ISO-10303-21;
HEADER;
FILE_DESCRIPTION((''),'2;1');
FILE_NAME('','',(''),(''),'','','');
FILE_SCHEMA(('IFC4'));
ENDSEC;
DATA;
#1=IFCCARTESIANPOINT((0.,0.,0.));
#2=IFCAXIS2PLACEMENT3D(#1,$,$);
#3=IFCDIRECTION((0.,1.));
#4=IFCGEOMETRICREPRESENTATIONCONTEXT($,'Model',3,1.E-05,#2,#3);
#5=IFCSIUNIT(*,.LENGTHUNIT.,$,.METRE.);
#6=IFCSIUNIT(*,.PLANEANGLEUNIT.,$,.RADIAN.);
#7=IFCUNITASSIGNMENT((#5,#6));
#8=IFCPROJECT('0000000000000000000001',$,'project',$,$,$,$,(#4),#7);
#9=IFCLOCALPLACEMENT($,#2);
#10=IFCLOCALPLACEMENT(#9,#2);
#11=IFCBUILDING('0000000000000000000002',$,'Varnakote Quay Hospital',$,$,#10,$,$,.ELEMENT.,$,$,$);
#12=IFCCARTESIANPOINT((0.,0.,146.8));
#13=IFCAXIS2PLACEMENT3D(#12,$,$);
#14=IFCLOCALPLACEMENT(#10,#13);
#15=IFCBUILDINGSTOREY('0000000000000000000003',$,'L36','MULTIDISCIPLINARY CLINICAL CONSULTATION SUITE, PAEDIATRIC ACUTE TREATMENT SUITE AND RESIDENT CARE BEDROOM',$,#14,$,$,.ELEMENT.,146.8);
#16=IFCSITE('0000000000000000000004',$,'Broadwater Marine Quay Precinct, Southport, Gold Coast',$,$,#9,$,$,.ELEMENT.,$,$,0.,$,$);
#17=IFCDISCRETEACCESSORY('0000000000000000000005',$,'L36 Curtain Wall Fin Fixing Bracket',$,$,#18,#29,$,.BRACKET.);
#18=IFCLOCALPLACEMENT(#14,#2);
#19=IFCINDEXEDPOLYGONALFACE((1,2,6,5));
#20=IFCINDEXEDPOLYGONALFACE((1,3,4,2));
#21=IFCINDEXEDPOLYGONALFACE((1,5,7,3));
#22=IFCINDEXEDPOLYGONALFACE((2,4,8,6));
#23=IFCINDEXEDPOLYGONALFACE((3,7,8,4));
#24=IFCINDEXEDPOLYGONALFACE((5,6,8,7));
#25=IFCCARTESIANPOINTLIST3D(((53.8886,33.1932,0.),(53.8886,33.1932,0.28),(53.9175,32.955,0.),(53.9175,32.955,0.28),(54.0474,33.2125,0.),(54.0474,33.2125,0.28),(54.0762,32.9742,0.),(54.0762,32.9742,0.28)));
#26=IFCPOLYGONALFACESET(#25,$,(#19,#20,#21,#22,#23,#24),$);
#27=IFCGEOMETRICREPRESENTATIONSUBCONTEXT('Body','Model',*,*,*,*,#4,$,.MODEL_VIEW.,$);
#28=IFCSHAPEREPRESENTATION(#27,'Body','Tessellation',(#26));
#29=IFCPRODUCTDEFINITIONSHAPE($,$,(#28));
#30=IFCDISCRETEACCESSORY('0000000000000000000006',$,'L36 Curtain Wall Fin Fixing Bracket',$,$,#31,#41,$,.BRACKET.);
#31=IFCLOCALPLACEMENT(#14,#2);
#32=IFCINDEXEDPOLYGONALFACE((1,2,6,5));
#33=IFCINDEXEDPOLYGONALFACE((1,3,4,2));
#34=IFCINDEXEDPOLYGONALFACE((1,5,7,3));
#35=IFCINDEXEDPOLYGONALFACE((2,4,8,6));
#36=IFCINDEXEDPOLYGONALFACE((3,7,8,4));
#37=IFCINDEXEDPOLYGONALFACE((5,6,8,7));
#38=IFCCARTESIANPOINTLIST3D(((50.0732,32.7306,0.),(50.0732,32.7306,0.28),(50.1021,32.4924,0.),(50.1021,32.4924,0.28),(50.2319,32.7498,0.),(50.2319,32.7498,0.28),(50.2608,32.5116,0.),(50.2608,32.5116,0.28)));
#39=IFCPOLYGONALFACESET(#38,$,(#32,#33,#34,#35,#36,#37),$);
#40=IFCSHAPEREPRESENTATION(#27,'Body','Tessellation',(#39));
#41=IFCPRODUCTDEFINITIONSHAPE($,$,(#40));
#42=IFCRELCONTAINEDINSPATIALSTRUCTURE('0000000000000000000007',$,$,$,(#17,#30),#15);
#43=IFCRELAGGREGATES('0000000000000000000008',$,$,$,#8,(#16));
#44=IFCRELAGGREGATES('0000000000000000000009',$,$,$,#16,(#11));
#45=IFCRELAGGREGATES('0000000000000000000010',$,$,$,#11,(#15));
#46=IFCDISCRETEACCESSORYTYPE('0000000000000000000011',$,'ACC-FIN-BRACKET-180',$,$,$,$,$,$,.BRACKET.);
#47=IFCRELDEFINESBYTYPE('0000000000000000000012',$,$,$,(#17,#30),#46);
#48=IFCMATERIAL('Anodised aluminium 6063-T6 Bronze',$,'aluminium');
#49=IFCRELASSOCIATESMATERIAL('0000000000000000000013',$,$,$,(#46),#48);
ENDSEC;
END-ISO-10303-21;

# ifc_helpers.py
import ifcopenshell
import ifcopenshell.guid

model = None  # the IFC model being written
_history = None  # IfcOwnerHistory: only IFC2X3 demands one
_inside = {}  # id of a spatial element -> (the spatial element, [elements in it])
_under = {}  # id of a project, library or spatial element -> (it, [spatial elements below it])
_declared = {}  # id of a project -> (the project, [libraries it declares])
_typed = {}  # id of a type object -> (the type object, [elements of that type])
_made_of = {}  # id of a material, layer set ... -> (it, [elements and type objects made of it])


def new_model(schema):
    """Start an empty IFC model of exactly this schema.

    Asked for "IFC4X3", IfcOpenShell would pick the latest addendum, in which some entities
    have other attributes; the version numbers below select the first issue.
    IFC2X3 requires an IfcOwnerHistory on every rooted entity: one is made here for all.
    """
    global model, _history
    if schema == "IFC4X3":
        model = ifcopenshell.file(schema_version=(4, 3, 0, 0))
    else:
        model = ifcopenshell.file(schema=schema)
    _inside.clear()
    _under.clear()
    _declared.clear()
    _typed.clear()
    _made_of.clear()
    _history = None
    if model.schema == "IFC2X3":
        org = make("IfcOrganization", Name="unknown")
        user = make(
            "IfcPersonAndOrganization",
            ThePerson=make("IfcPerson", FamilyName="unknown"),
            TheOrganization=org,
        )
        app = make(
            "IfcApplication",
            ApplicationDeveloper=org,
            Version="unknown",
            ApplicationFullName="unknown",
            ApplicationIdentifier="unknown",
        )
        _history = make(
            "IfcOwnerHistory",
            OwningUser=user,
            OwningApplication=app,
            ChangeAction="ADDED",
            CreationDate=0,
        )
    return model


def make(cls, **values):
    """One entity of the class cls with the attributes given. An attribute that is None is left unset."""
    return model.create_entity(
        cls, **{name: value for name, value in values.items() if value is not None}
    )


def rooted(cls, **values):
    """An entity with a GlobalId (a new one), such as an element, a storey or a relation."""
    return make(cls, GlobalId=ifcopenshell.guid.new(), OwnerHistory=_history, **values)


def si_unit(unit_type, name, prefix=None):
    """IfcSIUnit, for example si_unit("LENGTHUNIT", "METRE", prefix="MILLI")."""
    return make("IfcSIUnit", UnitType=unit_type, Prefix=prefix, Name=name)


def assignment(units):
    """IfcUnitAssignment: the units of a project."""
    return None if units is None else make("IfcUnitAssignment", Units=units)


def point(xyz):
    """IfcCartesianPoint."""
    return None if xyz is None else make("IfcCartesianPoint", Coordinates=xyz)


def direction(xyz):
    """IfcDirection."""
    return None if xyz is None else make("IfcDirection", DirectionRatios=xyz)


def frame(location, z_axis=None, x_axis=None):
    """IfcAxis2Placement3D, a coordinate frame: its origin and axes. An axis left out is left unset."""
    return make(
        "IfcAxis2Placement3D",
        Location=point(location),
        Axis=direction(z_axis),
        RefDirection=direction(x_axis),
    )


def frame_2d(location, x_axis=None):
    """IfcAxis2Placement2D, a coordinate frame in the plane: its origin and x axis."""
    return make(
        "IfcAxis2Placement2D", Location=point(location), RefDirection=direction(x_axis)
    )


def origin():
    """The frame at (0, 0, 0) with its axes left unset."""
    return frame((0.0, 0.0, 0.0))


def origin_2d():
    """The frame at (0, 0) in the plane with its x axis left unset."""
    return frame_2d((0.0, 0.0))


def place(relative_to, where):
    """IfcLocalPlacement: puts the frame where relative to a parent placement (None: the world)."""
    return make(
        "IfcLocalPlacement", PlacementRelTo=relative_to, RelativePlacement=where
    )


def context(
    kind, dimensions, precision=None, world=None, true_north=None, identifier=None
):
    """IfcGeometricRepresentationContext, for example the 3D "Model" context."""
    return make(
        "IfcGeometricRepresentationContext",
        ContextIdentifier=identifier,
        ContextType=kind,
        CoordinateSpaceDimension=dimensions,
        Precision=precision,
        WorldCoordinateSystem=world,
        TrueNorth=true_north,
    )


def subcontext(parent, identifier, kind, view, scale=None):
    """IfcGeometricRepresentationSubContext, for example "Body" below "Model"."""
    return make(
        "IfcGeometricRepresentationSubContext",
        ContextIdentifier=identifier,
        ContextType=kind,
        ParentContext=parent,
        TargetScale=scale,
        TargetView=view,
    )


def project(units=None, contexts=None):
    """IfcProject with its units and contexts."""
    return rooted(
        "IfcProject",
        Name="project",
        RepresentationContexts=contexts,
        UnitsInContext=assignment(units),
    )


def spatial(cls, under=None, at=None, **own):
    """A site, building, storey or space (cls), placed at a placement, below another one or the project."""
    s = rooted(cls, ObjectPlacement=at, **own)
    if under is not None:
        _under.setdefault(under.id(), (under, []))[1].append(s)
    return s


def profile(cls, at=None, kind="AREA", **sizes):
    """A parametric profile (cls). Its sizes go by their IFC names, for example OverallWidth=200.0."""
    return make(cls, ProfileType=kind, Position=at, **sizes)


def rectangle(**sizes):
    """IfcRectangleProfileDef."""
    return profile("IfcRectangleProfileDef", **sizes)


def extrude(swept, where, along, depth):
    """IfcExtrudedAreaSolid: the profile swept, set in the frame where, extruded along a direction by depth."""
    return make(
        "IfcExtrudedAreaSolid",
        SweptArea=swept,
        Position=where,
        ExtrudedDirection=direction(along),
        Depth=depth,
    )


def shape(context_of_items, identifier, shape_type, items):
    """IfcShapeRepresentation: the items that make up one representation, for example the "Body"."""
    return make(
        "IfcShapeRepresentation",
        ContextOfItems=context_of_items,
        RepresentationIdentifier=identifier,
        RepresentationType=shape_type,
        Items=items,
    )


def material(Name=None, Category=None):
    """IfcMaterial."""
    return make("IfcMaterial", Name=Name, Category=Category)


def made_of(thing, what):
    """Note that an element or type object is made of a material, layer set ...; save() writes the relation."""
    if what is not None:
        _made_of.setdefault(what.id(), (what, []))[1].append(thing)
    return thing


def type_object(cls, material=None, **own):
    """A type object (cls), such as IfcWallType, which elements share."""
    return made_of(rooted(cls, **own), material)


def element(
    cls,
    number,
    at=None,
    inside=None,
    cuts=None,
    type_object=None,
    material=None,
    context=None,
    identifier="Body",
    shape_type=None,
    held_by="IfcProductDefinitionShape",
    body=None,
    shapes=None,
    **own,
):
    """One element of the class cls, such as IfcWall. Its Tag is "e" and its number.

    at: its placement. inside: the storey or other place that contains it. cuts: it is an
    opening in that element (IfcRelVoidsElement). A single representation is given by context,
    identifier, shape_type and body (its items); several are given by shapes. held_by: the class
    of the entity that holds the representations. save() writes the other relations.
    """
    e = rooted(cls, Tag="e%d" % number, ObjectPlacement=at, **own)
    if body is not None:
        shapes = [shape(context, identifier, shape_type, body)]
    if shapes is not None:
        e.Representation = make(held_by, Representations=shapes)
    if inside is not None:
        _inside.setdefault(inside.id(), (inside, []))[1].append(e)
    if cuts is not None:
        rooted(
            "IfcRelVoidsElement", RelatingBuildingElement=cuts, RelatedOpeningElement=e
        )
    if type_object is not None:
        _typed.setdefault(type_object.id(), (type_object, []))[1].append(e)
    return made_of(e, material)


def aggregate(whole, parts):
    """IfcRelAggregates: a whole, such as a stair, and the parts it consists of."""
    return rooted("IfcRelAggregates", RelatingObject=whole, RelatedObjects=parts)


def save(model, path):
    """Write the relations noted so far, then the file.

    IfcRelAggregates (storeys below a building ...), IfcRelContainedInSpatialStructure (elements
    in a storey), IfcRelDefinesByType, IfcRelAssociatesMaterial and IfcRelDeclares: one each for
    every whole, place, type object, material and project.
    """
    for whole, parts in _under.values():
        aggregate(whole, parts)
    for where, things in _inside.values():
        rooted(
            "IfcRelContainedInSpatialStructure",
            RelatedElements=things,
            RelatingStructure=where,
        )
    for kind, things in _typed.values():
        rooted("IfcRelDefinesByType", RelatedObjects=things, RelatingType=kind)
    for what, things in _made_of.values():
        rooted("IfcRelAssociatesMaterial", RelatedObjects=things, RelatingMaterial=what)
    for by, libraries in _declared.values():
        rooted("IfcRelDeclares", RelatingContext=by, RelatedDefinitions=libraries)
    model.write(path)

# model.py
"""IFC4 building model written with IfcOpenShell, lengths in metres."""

from ifc_helpers import new_model, si_unit, direction, frame, origin, origin_2d, place, context, subcontext, project, spatial, rectangle, extrude, material, type_object, element, save


model = new_model("IFC4")

# Units and contexts
model_context = context("Model", 3, precision=1e-05, world=origin(), true_north=direction((0.0, 1.0)))
body_context = subcontext(model_context, "Body", "Model", "MODEL_VIEW")
ifc_project = project(units=[si_unit("LENGTHUNIT", "METRE"), si_unit("PLANEANGLEUNIT", "RADIAN")], contexts=[model_context])

# Site, building, storey
site_placement = place(None, origin())
site = spatial("IfcSite", under=ifc_project, at=site_placement, Name="Broadwater Marine Quay Precinct, Southport, Gold Coast", CompositionType="ELEMENT", RefElevation=0.0)
building_placement = place(site_placement, origin())
building = spatial("IfcBuilding", under=site, at=building_placement, Name="Varnakote Quay Hospital", CompositionType="ELEMENT")
storey_placement = place(building_placement, frame((0.0, 0.0, 146.8)))
storey = spatial("IfcBuildingStorey", under=building, at=storey_placement, Name="L36", Description="MULTIDISCIPLINARY CLINICAL CONSULTATION SUITE, PAEDIATRIC ACUTE TREATMENT SUITE AND RESIDENT CARE BEDROOM", CompositionType="ELEMENT", Elevation=146.8)

# Discrete accessories
ifc_material_1 = material(Name="Anodised aluminium 6063-T6 Bronze", Category="aluminium")
discrete_accessory_type = type_object("IfcDiscreteAccessoryType", Name="ACC-FIN-BRACKET-180", PredefinedType="BRACKET", material=ifc_material_1)
for number, where, z_axis, x_axis, name in (
    (1, (53.9824, 33.0837, 0.0), (0.0, 0.0, 1.0), (-0.992736, -0.12031, 0.0), "L36 Curtain Wall Fin Fixing Bracket"),
    (2, (50.167, 32.6211, 0.0), (0.0, 0.0, 1.0), (-0.992736, -0.12031, 0.0), "L36 Curtain Wall Fin Fixing Bracket"),
):
    element("IfcDiscreteAccessory", number, at=place(storey_placement, frame(where, z_axis=z_axis, x_axis=x_axis)), inside=storey, type_object=discrete_accessory_type, Name=name, PredefinedType="BRACKET", context=body_context, shape_type="SweptSolid", body=[
        extrude(rectangle(XDim=0.1599, YDim=0.24, at=origin_2d()), origin(), (0.0, 0.0, 1.0), 0.28),
    ])

save(model, "model.ifc")
